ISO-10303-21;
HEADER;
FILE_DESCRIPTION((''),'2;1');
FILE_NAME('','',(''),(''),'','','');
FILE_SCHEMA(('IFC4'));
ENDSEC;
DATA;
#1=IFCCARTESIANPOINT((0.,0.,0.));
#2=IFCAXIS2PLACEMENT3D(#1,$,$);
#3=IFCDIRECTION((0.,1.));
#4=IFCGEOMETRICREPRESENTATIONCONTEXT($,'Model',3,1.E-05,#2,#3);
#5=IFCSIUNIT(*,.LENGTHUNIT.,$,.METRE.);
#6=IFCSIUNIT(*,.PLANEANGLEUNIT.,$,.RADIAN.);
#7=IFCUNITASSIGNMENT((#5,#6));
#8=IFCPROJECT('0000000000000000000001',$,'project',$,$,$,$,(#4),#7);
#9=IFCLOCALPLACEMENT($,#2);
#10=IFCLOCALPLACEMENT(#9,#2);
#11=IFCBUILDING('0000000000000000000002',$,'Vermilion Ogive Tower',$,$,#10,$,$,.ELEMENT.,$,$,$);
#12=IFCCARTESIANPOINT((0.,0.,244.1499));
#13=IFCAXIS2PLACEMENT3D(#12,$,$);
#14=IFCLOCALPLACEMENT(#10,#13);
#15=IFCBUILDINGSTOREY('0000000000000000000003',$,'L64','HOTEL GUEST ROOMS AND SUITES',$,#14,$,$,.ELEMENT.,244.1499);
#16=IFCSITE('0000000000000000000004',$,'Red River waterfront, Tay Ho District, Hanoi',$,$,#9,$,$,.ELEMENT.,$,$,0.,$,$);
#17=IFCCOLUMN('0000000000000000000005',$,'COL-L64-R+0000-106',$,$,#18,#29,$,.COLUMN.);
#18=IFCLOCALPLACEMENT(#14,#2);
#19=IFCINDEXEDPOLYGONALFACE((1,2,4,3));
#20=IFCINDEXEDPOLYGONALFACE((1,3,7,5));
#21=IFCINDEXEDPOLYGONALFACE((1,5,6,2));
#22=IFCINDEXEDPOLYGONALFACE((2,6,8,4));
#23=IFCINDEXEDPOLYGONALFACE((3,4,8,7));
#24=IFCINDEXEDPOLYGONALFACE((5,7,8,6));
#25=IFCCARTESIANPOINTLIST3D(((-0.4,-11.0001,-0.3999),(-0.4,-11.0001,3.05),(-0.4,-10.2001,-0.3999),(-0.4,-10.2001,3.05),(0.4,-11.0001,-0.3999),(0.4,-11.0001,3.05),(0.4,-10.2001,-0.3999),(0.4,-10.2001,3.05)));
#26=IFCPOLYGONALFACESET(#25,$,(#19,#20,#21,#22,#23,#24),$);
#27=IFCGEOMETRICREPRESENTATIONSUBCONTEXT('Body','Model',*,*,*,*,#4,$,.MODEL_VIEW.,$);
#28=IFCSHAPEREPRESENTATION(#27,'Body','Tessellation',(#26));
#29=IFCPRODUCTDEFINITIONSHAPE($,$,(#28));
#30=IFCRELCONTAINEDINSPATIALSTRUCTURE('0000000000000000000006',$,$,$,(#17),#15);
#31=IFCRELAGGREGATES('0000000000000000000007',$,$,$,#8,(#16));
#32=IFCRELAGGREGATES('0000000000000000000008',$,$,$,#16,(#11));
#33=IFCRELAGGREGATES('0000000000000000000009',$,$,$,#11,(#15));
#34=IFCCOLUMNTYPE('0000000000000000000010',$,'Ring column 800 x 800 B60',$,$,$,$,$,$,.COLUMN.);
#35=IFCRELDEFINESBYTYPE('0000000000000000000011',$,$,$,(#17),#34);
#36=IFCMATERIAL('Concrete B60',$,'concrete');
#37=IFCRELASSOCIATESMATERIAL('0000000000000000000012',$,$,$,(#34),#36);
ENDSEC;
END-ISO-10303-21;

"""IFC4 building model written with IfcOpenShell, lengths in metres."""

from ifc_helpers import new_model, si_unit, direction, frame, origin, origin_2d, place, context, subcontext, project, spatial, rectangle, extrude, material, material_profile, profile_set, type_object, element, save


model = new_model("IFC4")

# Units and contexts
model_context = context("Model", 3, precision=1e-05, world=origin(), true_north=direction((0.0, 1.0)))
body_context = subcontext(model_context, "Body", "Model", "MODEL_VIEW")
ifc_project = project(units=[si_unit("LENGTHUNIT", "METRE"), si_unit("PLANEANGLEUNIT", "RADIAN")], contexts=[model_context])

# Site, building, storey
site_placement = place(None, origin())
site = spatial("IfcSite", under=ifc_project, at=site_placement, Name="Red River waterfront, Tay Ho District, Hanoi", CompositionType="ELEMENT", RefElevation=0.0)
building_placement = place(site_placement, origin())
building = spatial("IfcBuilding", under=site, at=building_placement, Name="Vermilion Ogive Tower", CompositionType="ELEMENT")
storey_placement = place(building_placement, frame((0.0, 0.0, 244.1499)))
storey = spatial("IfcBuildingStorey", under=building, at=storey_placement, Name="L64", Description="HOTEL GUEST ROOMS AND SUITES", CompositionType="ELEMENT", Elevation=244.1499)

# Column
ifc_material_1 = material(Name="Concrete B60", Category="concrete")
ifc_material_profile = material_profile(ifc_material_1, rectangle(XDim=0.8, YDim=0.8, at=origin_2d()), Name="800 x 800")
ifc_profile_set = profile_set([ifc_material_profile], Name="Concrete B60")
column_type = type_object("IfcColumnType", Name="Ring column 800 x 800 B60", PredefinedType="COLUMN", material=ifc_profile_set)
column_placement = place(storey_placement, frame((0.0, -10.6001, -0.3999), z_axis=(0.0, 0.0, 1.0), x_axis=(1.0, 0.0, 0.0)))
element("IfcColumn", 1, at=column_placement, inside=storey, type_object=column_type, Name="COL-L64-R+0000-106", PredefinedType="COLUMN", context=body_context, shape_type="SweptSolid", body=[
    extrude(rectangle(XDim=0.8, YDim=0.8, at=origin_2d()), origin(), (0.0, 0.0, 1.0), 3.45),
])

save(model, "model.ifc")
